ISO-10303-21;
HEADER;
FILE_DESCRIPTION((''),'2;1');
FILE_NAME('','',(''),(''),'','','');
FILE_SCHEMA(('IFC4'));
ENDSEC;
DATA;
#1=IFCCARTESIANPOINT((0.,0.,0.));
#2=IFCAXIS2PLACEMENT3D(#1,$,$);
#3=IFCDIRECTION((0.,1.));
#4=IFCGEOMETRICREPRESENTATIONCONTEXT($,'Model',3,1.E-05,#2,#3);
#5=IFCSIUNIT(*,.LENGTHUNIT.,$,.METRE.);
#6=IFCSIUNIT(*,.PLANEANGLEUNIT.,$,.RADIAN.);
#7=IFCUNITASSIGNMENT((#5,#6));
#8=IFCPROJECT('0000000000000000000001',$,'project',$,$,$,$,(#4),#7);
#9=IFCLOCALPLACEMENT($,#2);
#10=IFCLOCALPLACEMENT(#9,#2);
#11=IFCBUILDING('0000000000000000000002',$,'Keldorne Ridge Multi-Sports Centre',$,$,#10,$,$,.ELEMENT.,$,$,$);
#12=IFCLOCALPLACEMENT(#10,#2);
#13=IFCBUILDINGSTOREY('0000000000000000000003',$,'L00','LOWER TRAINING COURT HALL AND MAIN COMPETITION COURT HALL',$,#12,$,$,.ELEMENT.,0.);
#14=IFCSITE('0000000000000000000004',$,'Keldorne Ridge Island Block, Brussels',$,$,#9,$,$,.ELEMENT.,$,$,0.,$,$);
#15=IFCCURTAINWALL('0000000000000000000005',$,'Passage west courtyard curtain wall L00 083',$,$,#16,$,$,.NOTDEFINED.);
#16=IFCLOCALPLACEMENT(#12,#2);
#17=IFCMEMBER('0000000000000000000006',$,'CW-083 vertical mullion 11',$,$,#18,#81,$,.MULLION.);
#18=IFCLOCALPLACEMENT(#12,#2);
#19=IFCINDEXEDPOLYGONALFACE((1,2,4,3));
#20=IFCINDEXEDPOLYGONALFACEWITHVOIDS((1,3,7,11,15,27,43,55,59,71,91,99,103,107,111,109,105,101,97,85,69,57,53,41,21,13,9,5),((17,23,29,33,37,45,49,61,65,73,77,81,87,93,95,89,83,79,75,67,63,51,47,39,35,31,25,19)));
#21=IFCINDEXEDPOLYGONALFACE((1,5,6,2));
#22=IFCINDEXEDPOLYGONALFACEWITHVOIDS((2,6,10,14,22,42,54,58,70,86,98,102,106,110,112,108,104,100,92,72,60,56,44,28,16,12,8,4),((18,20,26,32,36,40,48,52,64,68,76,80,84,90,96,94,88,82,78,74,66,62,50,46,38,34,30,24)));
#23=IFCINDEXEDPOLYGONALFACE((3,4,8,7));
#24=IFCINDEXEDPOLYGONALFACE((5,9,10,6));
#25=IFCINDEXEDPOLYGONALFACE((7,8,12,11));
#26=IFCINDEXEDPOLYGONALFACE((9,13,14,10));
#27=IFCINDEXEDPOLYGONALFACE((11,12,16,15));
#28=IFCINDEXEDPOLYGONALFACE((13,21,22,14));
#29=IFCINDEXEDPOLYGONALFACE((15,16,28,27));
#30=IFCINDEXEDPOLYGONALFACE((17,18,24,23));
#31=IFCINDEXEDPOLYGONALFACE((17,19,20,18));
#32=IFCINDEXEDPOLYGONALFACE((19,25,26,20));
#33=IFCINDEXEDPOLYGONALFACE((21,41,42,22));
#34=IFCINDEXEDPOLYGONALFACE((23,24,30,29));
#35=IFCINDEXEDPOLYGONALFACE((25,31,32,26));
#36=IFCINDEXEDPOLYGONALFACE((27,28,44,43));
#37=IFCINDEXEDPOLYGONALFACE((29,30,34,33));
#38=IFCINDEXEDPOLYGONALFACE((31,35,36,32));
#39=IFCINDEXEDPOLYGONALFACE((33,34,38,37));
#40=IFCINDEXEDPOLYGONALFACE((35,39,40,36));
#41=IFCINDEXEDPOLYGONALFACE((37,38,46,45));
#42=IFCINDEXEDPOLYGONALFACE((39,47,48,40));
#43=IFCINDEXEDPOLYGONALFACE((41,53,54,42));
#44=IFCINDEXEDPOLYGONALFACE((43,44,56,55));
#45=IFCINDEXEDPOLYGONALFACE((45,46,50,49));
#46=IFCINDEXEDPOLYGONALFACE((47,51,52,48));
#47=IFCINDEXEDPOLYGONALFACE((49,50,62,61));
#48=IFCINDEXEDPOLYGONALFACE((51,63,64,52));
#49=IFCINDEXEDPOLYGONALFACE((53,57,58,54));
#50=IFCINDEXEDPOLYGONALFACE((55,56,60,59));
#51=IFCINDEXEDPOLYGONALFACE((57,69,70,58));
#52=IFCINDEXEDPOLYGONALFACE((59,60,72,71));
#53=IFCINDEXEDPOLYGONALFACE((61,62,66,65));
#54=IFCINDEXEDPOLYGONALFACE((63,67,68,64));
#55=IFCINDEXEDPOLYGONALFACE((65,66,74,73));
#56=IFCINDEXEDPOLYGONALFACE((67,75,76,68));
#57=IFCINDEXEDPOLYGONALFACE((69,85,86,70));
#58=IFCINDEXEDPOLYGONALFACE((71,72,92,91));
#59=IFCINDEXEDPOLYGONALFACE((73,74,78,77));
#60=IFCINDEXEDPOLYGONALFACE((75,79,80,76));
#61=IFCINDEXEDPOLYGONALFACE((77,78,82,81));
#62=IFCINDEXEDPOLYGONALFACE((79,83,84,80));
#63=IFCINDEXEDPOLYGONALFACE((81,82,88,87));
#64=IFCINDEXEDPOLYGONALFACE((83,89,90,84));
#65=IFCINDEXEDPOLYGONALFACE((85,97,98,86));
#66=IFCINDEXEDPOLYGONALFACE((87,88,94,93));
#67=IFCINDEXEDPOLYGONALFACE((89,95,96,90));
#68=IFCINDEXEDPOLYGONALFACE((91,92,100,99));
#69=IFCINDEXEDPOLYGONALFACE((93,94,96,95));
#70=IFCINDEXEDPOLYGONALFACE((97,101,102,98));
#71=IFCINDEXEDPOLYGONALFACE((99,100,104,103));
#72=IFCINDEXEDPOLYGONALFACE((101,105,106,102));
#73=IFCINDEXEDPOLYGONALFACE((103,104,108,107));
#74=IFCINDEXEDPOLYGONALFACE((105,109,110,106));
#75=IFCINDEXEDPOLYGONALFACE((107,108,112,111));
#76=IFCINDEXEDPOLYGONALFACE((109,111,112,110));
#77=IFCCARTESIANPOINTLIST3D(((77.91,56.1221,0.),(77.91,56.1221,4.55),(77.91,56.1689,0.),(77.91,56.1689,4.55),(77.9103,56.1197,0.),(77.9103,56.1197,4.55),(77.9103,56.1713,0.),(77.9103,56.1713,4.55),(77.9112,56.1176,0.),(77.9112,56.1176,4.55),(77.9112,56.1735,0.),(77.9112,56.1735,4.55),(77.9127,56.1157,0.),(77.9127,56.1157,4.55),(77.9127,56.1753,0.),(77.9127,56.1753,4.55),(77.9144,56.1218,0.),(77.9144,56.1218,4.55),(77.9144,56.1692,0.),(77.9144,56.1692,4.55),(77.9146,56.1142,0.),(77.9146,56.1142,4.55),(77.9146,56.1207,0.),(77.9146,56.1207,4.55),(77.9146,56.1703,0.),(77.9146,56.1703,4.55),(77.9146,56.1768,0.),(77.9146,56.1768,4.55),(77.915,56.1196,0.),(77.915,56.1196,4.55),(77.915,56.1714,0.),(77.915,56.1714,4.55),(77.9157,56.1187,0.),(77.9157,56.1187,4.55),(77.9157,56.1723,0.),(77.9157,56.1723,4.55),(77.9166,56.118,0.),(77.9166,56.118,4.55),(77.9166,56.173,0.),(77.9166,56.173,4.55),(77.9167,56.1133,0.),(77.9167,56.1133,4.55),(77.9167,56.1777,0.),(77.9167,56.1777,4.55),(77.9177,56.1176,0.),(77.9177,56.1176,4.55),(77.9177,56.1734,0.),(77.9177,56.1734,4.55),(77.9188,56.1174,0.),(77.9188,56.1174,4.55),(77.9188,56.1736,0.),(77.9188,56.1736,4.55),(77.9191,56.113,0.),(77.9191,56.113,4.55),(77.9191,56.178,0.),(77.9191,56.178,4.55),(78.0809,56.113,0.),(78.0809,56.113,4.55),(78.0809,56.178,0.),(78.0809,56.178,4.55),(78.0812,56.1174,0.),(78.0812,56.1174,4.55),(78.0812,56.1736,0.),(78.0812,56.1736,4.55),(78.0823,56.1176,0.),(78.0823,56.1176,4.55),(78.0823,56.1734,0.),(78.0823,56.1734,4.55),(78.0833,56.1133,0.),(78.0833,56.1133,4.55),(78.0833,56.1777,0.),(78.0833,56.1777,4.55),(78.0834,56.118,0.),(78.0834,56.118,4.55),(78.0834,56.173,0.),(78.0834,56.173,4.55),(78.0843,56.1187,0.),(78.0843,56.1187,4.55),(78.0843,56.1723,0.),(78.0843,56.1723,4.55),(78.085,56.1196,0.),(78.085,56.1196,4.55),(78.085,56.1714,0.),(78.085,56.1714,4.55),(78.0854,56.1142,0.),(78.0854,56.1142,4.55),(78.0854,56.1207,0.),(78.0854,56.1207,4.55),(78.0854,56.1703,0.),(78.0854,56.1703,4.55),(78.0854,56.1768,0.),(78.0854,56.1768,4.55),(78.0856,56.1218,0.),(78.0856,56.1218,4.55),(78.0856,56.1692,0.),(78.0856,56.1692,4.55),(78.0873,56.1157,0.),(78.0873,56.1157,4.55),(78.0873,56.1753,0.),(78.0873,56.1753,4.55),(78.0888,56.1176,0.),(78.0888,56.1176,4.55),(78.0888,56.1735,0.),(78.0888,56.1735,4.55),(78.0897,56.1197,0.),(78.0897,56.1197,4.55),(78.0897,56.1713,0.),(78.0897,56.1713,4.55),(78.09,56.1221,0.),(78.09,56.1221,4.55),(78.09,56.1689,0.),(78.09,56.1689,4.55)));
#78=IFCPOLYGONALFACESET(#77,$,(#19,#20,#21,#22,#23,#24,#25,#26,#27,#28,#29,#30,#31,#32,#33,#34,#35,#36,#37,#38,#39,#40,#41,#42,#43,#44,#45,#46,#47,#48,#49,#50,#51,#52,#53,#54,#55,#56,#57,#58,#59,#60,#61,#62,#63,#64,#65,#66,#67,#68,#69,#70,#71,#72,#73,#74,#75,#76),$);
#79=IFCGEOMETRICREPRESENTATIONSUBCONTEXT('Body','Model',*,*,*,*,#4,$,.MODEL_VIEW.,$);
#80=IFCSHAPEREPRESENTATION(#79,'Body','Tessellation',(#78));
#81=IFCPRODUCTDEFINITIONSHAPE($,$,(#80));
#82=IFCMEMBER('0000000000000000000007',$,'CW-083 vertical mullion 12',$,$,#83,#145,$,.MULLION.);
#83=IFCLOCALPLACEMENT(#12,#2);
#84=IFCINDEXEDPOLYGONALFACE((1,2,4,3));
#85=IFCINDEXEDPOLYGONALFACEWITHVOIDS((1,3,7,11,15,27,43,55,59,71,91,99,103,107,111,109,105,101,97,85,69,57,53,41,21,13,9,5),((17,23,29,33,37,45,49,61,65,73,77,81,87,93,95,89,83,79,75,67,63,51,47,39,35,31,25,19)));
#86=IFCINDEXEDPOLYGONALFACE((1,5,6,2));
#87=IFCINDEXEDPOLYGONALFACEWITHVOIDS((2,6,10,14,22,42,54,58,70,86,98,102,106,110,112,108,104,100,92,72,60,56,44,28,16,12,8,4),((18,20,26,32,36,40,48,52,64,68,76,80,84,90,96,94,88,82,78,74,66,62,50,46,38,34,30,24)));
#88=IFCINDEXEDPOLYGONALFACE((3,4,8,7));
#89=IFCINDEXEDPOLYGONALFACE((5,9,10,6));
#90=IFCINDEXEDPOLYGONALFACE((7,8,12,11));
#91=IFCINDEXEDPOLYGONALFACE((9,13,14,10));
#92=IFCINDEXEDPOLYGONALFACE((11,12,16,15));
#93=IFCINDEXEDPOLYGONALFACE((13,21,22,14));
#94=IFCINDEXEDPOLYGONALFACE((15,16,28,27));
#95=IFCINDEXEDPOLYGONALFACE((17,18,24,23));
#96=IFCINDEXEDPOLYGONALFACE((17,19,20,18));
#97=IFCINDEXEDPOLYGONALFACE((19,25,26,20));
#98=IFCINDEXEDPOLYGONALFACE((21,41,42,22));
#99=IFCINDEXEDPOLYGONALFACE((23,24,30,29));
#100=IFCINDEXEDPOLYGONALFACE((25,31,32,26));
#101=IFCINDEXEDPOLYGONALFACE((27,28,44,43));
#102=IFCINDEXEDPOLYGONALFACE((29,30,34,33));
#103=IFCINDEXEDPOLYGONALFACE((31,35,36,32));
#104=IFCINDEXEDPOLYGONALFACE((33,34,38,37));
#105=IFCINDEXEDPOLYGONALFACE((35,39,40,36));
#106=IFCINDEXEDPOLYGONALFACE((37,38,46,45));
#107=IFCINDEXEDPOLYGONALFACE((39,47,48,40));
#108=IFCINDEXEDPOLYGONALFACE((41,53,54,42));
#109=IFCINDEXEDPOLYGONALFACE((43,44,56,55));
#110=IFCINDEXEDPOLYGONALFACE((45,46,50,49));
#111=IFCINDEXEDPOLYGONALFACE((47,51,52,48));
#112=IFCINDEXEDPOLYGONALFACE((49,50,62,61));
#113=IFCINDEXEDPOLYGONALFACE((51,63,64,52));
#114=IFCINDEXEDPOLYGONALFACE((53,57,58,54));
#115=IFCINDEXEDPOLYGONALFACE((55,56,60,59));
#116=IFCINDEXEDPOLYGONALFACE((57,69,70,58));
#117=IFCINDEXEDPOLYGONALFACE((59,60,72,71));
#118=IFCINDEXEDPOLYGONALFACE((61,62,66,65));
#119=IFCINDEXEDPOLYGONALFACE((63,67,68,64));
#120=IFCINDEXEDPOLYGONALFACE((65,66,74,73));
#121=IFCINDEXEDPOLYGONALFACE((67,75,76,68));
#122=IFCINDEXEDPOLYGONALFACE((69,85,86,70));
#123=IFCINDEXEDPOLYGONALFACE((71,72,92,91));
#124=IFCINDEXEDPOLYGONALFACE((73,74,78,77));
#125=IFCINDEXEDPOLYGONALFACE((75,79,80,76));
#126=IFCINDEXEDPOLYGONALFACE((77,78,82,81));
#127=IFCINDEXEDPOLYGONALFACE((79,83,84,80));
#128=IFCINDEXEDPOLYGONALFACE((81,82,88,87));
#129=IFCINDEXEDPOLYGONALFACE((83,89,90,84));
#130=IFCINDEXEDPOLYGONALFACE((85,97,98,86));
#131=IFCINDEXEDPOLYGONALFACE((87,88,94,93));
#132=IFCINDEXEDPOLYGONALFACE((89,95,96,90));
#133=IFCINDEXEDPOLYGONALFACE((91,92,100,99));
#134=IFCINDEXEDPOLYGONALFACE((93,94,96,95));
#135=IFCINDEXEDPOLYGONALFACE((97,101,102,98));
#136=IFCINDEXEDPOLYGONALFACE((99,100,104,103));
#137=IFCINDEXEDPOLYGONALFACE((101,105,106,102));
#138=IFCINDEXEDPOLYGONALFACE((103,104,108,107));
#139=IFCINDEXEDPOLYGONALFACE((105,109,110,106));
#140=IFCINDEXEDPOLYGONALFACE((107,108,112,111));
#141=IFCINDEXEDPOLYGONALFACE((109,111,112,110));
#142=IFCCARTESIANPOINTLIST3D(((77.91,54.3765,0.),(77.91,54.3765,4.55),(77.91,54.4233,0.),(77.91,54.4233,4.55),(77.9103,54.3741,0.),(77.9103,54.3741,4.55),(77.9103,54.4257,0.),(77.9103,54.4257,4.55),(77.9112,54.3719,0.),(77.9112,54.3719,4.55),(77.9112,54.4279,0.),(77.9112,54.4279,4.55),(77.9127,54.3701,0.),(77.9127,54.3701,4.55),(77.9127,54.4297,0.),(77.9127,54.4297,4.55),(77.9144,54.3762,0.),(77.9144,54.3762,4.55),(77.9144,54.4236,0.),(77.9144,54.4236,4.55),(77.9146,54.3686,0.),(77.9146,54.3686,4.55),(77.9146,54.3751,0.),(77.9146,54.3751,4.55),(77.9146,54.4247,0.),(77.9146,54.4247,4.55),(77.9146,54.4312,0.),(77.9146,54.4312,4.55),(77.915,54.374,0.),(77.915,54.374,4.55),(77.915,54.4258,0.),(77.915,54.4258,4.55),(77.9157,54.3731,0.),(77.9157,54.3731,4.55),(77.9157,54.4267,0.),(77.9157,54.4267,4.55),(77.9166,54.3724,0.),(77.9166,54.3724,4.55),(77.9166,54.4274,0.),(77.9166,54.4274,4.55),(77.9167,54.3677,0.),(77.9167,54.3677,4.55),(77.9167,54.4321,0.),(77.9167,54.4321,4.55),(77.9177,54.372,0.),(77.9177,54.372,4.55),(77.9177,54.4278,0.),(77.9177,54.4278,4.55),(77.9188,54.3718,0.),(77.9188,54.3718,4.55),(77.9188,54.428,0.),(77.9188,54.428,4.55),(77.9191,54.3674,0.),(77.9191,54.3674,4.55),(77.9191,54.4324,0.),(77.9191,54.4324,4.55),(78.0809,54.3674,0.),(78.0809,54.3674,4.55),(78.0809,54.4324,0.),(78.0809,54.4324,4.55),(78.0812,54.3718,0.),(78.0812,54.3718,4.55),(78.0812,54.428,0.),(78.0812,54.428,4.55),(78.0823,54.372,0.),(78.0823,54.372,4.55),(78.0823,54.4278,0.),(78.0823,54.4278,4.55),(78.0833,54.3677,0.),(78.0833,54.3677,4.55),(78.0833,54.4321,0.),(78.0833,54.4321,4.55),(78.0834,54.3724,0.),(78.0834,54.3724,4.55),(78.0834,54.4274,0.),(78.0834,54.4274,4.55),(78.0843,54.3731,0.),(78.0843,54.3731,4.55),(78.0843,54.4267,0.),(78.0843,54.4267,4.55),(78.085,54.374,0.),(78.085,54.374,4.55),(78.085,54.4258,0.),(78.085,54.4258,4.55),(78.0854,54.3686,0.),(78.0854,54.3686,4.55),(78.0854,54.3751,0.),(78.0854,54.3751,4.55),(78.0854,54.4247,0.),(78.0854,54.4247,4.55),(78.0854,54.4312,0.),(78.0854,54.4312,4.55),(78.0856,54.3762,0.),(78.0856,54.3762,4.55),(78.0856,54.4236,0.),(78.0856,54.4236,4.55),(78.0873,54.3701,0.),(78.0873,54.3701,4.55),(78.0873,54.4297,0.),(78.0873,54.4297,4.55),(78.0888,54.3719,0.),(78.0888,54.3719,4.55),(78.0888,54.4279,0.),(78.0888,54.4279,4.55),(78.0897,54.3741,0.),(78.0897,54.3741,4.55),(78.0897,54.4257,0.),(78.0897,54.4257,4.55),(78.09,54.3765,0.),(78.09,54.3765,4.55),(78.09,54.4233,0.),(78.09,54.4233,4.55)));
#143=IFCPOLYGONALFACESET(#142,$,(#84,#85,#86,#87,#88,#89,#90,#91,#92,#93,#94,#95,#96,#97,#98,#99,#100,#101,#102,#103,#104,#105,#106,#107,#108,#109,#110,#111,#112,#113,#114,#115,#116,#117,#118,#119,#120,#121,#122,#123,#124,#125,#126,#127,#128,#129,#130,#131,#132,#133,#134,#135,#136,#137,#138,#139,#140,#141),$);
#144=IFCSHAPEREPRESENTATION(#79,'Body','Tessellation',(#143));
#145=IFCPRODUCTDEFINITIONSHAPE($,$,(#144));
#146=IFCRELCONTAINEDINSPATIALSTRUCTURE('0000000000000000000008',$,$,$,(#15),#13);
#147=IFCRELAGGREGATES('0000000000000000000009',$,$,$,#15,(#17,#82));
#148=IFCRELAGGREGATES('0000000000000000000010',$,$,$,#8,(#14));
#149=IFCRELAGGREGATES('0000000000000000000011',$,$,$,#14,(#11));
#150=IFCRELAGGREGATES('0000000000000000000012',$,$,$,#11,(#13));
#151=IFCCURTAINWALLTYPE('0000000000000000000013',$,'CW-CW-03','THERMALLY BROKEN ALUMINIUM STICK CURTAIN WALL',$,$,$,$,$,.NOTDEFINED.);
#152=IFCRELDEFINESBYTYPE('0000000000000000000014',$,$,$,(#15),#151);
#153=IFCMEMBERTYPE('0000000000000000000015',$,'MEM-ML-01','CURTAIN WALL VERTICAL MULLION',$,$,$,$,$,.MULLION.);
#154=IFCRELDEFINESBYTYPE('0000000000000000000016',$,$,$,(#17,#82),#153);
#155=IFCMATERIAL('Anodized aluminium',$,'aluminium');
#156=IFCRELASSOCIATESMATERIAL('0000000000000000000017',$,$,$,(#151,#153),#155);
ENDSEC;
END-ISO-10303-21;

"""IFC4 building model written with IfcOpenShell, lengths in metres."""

from ifc_helpers import new_model, si_unit, direction, frame, origin, origin_2d, place, context, subcontext, project, spatial, hollow_rectangle, extrude, material, material_profile, profile_set, type_object, element, aggregate, save


model = new_model("IFC4")

# Units and contexts
model_context = context("Model", 3, precision=1e-05, world=origin(), true_north=direction((0.0, 1.0)))
body_context = subcontext(model_context, "Body", "Model", "MODEL_VIEW")
ifc_project = project(units=[si_unit("LENGTHUNIT", "METRE"), si_unit("PLANEANGLEUNIT", "RADIAN")], contexts=[model_context])

# Site, building, storey
site_placement = place(None, origin())
site = spatial("IfcSite", under=ifc_project, at=site_placement, Name="Keldorne Ridge Island Block, Brussels", CompositionType="ELEMENT", RefElevation=0.0)
building_placement = place(site_placement, origin())
building = spatial("IfcBuilding", under=site, at=building_placement, Name="Keldorne Ridge Multi-Sports Centre", CompositionType="ELEMENT")
storey_placement = place(building_placement, origin())
storey = spatial("IfcBuildingStorey", under=building, at=storey_placement, Name="L00", Description="LOWER TRAINING COURT HALL AND MAIN COMPETITION COURT HALL", CompositionType="ELEMENT", Elevation=0.0)

# Curtain wall, members
ifc_material_1 = material(Name="Anodized aluminium", Category="aluminium")
curtain_wall_type = type_object("IfcCurtainWallType", Name="CW-CW-03", Description="THERMALLY BROKEN ALUMINIUM STICK CURTAIN WALL", PredefinedType="NOTDEFINED", material=ifc_material_1)
curtain_wall_placement = place(storey_placement, origin())
curtain_wall = element("IfcCurtainWall", 1, at=curtain_wall_placement, inside=storey, type_object=curtain_wall_type, Name="Passage west courtyard curtain wall L00 083", PredefinedType="NOTDEFINED")
ifc_material_profile_1 = material_profile(ifc_material_1, hollow_rectangle(XDim=0.0649, YDim=0.1799, WallThickness=0.0044, InnerFilletRadius=0.0044, OuterFilletRadius=0.009, at=origin_2d()), Name="ALU MULLION 180x65x4.5")
ifc_profile_set_1 = profile_set([ifc_material_profile_1], Name="Anodized aluminium")
member_type_1 = type_object("IfcMemberType", Name="MEM-ML-01", Description="CURTAIN WALL VERTICAL MULLION", PredefinedType="MULLION", material=ifc_profile_set_1)
member_1_placement = place(storey_placement, frame((78.0, 56.1455, 0.0), z_axis=(0.0, 0.0, 1.0), x_axis=(0.0, 1.0, 0.0)))
member_1 = element("IfcMember", 2, at=member_1_placement, type_object=member_type_1, Name="CW-083 vertical mullion 11", PredefinedType="MULLION", context=body_context, shape_type="SweptSolid", body=[
    extrude(hollow_rectangle(XDim=0.0649, YDim=0.1799, WallThickness=0.0044, InnerFilletRadius=0.0044, OuterFilletRadius=0.009, at=origin_2d()), origin(), (0.0, 0.0, 1.0), 4.55),
])
member_2_placement = place(storey_placement, frame((78.0, 54.3999, 0.0), z_axis=(0.0, 0.0, 1.0), x_axis=(0.0, 1.0, 0.0)))
member_2 = element("IfcMember", 3, at=member_2_placement, type_object=member_type_1, Name="CW-083 vertical mullion 12", PredefinedType="MULLION", context=body_context, shape_type="SweptSolid", body=[
    extrude(hollow_rectangle(XDim=0.0649, YDim=0.1799, WallThickness=0.0044, InnerFilletRadius=0.0044, OuterFilletRadius=0.009, at=origin_2d()), origin(), (0.0, 0.0, 1.0), 4.55),
])

aggregate(curtain_wall, [member_1, member_2])

save(model, "model.ifc")
